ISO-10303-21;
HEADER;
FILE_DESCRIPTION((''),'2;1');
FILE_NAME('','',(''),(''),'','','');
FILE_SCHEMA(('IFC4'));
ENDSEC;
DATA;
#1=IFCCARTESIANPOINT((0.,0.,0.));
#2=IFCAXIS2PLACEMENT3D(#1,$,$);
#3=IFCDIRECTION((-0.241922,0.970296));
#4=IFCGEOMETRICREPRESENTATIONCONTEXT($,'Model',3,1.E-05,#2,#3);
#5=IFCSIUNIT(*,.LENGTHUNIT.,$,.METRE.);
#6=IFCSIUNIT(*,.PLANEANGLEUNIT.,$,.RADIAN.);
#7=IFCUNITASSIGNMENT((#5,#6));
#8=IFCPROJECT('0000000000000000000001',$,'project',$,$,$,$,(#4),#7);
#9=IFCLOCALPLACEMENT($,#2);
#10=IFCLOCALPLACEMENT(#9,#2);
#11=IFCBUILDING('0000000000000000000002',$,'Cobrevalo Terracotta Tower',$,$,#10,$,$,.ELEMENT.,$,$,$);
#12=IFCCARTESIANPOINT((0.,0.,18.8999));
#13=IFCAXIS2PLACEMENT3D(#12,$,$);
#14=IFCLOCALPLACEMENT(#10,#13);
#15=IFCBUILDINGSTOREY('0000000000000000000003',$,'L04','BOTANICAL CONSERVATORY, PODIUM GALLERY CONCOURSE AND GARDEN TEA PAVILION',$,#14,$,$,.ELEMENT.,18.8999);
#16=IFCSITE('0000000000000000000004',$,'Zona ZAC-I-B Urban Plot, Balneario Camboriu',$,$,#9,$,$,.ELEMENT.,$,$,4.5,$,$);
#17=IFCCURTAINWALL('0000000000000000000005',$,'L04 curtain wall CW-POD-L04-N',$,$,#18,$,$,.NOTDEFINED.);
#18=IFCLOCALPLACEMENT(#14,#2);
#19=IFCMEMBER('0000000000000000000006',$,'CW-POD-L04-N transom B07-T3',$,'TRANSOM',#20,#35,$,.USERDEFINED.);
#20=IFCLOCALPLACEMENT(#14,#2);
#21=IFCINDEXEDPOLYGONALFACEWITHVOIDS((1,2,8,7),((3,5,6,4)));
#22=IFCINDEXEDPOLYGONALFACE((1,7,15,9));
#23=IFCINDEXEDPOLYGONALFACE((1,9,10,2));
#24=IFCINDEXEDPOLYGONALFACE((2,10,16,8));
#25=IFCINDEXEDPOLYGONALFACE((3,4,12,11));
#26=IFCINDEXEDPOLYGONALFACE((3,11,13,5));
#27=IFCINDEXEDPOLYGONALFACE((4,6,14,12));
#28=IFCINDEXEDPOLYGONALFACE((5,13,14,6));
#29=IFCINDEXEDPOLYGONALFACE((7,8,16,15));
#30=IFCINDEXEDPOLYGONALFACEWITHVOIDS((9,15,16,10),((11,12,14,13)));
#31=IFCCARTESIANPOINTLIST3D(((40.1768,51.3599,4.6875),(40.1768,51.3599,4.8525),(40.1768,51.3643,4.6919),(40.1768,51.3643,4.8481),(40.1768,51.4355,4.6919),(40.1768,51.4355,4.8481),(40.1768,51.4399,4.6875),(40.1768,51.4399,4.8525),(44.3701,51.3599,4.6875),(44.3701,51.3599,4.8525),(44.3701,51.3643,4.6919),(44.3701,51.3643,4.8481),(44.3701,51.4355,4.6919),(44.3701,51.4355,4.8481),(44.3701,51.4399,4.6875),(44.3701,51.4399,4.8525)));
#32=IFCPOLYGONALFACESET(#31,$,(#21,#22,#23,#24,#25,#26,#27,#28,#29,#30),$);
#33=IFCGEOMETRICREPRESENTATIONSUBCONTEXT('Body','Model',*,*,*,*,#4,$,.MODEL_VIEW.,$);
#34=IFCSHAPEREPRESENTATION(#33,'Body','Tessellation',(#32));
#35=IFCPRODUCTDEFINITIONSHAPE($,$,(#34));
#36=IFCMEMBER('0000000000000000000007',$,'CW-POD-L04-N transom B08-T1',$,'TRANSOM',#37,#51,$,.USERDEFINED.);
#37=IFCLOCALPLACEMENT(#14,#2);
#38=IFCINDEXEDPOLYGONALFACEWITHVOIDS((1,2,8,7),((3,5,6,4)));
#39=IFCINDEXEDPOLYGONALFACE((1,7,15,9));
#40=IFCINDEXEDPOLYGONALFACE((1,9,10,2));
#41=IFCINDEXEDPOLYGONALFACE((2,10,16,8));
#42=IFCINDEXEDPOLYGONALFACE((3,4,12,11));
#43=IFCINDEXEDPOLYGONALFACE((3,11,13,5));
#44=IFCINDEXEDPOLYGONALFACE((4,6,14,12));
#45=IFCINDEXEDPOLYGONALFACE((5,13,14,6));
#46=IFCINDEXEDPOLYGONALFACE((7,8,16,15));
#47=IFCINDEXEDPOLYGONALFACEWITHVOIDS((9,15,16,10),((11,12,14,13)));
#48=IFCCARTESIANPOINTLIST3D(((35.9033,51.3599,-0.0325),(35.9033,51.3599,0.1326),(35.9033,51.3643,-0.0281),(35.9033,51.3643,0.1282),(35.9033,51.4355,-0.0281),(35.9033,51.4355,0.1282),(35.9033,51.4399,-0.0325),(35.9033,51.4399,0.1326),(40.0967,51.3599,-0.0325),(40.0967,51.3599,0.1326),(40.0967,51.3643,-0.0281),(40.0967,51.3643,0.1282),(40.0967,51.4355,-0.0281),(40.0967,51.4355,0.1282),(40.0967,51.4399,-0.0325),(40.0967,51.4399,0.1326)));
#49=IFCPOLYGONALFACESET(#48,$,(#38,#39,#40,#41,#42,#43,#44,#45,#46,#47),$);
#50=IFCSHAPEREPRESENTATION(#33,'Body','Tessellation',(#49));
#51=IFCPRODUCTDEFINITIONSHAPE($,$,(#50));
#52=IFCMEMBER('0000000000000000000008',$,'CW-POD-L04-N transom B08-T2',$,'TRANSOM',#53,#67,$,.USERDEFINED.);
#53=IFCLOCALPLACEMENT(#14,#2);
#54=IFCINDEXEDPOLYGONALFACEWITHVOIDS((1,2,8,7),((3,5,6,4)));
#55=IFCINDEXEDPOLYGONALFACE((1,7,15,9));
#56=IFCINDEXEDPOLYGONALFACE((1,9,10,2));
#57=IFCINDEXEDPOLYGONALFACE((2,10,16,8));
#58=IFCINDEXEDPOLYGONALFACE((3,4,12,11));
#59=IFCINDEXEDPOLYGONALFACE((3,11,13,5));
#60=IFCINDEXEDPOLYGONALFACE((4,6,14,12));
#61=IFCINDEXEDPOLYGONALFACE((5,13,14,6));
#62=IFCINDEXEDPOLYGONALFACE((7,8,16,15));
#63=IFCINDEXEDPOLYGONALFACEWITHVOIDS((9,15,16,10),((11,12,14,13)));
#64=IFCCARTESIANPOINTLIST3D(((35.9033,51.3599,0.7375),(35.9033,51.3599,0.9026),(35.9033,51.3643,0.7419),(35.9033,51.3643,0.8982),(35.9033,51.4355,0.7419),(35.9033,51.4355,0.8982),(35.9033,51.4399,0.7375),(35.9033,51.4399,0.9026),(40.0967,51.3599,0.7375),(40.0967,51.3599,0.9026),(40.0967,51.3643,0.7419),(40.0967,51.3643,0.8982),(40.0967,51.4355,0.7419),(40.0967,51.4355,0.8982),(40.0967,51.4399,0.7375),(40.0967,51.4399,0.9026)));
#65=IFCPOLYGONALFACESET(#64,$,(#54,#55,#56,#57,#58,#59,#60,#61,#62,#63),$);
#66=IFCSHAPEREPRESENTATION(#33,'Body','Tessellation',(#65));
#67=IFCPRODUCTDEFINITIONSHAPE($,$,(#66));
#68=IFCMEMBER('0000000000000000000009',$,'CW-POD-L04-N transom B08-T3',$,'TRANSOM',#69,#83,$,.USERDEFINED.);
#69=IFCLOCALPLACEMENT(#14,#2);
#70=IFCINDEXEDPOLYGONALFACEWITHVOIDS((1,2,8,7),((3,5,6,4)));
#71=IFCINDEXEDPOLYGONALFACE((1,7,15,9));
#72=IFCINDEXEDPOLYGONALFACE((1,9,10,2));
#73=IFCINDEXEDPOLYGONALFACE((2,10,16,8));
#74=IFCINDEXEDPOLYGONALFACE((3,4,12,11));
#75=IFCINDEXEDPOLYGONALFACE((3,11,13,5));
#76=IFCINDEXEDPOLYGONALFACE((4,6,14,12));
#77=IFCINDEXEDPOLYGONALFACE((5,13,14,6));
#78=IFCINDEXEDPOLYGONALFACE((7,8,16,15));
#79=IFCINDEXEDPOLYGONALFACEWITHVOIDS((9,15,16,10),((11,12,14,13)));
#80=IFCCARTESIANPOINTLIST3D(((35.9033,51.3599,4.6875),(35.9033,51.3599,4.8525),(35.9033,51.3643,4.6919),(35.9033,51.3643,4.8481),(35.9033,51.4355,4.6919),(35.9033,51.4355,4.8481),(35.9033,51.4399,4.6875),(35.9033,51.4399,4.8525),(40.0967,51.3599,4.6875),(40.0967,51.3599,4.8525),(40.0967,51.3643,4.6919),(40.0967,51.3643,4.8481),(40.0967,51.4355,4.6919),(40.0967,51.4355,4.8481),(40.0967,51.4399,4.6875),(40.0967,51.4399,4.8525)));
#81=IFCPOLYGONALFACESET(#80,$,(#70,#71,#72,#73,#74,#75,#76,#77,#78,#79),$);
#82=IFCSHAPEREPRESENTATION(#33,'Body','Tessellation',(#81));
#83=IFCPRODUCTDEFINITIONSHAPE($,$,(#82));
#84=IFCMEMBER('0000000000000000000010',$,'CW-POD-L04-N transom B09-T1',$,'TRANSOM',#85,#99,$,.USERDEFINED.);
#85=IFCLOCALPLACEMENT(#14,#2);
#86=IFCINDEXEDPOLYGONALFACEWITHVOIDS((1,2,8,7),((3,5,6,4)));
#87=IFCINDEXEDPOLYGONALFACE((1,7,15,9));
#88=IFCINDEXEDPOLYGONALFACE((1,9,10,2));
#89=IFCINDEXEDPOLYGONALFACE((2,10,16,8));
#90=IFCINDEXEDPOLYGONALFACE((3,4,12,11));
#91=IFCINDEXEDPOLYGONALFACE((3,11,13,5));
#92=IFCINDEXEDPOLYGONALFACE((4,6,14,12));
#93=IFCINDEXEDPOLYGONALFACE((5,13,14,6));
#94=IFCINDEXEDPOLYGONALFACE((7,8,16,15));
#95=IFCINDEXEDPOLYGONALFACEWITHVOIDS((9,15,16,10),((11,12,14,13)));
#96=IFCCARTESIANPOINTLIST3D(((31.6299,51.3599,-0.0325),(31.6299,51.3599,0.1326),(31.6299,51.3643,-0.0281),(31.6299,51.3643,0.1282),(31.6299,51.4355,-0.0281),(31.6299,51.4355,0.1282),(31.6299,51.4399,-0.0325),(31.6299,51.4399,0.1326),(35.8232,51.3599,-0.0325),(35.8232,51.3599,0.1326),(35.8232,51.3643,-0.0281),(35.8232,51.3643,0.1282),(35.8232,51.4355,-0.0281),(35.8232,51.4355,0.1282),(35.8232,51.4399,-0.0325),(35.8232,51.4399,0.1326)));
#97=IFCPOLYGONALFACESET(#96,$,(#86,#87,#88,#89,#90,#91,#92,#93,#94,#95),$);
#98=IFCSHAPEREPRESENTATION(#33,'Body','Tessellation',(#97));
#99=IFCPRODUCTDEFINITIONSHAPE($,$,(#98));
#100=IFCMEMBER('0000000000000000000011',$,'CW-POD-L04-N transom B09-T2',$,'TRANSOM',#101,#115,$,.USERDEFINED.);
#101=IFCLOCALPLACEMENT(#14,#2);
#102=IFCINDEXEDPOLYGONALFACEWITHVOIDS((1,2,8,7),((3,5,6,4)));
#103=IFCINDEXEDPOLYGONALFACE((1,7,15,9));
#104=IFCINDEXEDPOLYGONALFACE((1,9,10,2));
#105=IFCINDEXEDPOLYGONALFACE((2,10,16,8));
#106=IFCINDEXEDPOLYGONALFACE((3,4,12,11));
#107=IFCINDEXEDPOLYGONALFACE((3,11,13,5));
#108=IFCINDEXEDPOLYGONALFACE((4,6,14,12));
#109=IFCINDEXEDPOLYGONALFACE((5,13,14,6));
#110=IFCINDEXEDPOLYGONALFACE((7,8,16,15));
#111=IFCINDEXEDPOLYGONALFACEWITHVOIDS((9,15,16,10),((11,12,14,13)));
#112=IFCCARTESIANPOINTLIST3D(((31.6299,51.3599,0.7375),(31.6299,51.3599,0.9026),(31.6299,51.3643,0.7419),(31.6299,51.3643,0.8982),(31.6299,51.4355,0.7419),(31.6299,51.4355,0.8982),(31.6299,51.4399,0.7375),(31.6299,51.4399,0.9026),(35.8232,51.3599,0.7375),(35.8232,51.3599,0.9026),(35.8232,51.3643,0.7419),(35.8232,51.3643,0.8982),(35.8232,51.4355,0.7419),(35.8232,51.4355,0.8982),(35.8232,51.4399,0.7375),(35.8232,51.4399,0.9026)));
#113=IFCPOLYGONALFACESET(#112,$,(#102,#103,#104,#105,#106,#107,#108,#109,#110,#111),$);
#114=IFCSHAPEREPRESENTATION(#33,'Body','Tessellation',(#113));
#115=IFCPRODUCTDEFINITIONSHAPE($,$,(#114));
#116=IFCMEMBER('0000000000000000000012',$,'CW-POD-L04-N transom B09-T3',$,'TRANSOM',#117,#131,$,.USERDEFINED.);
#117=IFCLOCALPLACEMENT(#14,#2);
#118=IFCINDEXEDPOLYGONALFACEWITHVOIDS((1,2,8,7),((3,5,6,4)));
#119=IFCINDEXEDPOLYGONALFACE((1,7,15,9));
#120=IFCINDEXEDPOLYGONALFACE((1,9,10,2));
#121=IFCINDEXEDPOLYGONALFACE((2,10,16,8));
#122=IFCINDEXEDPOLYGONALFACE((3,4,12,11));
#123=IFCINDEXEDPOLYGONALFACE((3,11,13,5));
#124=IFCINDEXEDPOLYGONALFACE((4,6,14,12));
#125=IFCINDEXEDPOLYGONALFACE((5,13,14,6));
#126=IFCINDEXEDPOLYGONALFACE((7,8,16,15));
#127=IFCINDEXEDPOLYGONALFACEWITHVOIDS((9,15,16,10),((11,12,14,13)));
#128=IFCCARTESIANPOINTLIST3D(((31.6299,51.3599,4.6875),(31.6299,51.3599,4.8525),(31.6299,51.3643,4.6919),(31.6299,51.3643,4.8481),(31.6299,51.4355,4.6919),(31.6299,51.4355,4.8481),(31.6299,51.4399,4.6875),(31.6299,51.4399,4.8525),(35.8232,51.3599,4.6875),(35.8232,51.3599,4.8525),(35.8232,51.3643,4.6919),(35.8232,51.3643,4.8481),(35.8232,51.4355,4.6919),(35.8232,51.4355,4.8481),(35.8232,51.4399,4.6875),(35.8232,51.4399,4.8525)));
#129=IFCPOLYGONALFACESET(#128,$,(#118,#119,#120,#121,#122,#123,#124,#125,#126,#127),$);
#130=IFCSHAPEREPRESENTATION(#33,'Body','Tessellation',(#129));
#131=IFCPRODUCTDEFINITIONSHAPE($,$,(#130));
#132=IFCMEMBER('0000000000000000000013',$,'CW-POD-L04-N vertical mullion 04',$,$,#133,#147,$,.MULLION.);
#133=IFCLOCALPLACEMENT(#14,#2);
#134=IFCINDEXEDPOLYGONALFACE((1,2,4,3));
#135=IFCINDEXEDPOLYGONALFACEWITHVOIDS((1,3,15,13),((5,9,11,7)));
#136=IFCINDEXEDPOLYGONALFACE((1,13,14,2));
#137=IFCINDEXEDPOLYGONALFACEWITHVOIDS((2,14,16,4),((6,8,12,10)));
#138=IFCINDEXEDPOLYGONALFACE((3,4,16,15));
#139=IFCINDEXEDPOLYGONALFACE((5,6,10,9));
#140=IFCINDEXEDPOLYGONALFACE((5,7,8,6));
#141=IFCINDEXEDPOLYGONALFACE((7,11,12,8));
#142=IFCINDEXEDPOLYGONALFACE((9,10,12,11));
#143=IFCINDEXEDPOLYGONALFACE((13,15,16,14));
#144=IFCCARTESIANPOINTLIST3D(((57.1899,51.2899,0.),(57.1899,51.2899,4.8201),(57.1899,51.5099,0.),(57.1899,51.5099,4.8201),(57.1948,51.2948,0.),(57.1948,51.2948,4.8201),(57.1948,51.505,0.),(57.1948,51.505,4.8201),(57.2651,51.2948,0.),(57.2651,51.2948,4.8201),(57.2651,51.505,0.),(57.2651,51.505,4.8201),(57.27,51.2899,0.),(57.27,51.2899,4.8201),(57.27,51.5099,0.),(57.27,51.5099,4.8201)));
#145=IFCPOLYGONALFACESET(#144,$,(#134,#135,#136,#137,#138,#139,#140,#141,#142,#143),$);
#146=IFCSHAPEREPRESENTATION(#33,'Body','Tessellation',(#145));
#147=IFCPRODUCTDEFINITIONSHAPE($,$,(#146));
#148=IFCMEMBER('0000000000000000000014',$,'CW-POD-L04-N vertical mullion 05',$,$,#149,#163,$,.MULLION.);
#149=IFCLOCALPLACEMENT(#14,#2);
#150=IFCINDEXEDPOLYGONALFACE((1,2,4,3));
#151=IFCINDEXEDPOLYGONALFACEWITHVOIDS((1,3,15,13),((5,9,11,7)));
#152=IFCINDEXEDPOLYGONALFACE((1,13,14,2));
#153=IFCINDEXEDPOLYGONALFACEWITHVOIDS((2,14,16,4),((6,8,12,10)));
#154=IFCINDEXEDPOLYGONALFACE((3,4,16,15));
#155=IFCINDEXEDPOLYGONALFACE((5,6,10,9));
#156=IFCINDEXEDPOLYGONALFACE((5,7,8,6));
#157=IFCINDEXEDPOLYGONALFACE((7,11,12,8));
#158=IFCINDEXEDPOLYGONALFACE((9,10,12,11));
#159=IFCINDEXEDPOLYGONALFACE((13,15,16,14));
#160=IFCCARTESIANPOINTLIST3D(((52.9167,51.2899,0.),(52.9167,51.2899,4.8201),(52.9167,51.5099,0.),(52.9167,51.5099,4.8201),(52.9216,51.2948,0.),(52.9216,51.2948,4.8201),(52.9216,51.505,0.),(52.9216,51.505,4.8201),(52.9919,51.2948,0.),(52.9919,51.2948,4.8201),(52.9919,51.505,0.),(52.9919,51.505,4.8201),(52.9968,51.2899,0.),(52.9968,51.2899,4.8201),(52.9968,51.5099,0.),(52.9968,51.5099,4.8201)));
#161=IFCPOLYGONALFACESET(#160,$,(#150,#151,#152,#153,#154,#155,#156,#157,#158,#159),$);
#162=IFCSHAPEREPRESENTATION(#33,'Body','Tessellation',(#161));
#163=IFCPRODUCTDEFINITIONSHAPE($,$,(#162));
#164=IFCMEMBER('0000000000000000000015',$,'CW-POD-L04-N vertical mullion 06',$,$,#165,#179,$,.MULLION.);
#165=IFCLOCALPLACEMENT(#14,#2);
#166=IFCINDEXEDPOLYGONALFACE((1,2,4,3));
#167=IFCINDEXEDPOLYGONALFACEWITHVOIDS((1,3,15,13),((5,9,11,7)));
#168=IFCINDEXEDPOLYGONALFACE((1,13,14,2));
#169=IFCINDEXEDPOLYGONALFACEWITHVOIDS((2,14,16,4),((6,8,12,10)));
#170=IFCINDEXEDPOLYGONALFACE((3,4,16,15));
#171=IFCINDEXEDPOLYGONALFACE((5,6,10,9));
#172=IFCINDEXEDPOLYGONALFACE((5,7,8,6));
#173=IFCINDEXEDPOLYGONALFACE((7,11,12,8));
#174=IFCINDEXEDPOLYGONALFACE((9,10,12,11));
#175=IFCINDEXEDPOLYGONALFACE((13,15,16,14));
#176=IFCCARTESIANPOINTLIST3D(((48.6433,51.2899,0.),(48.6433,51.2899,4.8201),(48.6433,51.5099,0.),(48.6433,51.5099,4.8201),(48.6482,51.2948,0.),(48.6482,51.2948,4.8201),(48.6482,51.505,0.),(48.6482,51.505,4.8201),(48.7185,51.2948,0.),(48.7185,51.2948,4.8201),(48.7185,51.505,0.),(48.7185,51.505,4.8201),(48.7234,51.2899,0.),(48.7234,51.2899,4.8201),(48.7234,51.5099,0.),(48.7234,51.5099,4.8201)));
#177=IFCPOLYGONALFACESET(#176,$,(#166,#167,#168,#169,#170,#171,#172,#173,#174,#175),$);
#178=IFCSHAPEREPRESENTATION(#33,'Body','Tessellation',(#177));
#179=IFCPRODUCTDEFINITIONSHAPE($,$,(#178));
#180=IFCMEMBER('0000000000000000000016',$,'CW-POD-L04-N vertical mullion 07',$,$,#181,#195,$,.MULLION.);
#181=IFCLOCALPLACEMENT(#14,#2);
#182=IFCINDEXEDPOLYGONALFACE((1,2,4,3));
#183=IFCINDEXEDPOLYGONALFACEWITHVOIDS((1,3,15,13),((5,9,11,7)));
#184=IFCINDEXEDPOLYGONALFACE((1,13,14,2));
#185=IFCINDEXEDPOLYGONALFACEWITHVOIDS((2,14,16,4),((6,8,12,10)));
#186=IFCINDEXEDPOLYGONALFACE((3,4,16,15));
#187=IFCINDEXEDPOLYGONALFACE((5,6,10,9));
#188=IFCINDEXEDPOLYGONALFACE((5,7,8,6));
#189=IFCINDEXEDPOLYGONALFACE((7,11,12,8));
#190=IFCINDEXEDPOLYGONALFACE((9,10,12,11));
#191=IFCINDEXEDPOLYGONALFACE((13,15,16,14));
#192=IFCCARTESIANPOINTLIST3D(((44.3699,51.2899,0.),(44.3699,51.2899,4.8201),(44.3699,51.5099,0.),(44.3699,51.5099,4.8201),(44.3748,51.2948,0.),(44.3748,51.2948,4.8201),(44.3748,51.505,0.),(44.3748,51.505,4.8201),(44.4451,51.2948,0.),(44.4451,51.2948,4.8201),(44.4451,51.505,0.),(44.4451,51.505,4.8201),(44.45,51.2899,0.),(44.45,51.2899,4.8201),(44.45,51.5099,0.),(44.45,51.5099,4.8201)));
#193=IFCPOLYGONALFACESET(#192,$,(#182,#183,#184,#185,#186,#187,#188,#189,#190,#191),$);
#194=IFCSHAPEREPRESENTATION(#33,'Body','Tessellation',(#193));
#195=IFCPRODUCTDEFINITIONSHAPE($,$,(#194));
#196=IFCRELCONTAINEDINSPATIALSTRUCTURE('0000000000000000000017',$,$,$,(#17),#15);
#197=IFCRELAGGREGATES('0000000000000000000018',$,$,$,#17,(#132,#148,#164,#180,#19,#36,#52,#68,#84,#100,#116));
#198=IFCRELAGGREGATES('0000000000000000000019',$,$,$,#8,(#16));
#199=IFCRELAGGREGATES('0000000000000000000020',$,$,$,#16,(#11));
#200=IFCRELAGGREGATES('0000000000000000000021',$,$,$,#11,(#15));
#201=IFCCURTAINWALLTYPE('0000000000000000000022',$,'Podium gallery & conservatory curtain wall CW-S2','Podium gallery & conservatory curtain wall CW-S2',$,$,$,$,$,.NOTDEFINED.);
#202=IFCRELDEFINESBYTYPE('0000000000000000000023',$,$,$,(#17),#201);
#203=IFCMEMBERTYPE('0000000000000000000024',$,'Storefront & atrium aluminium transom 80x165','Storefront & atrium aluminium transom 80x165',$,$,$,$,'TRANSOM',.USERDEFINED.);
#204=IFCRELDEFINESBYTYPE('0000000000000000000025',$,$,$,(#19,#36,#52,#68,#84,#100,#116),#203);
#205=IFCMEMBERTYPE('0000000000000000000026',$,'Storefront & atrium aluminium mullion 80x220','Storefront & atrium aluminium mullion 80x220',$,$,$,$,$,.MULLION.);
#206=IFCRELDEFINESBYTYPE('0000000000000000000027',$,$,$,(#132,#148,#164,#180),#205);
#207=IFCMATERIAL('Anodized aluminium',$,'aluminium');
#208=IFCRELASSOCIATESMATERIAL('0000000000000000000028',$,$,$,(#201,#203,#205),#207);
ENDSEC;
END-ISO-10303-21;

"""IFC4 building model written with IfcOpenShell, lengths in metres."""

from ifc_helpers import new_model, si_unit, direction, frame, origin, origin_2d, place, context, subcontext, project, spatial, hollow_rectangle, extrude, source, transform, mapped, material, material_profile, profile_set, type_object, element, aggregate, save


model = new_model("IFC4")

# Units and contexts
model_context = context("Model", 3, precision=1e-05, world=origin(), true_north=direction((-0.241922, 0.970296)))
body_context = subcontext(model_context, "Body", "Model", "MODEL_VIEW")
ifc_project = project(units=[si_unit("LENGTHUNIT", "METRE"), si_unit("PLANEANGLEUNIT", "RADIAN")], contexts=[model_context])

# Site, building, storey
site_placement = place(None, origin())
site = spatial("IfcSite", under=ifc_project, at=site_placement, Name="Zona ZAC-I-B Urban Plot, Balneario Camboriu", CompositionType="ELEMENT", RefElevation=4.5)
building_placement = place(site_placement, origin())
building = spatial("IfcBuilding", under=site, at=building_placement, Name="Cobrevalo Terracotta Tower", CompositionType="ELEMENT")
storey_placement = place(building_placement, frame((0.0, 0.0, 18.8999)))
storey = spatial("IfcBuildingStorey", under=building, at=storey_placement, Name="L04", Description="BOTANICAL CONSERVATORY, PODIUM GALLERY CONCOURSE AND GARDEN TEA PAVILION", CompositionType="ELEMENT", Elevation=18.8999)

# Curtain wall, members
ifc_material_1 = material(Name="Anodized aluminium", Category="aluminium")
curtain_wall_type = type_object("IfcCurtainWallType", Name="Podium gallery & conservatory curtain wall CW-S2", Description="Podium gallery & conservatory curtain wall CW-S2", PredefinedType="NOTDEFINED", material=ifc_material_1)
curtain_wall_placement = place(storey_placement, origin())
curtain_wall = element("IfcCurtainWall", 1, at=curtain_wall_placement, inside=storey, type_object=curtain_wall_type, Name="L04 curtain wall CW-POD-L04-N", PredefinedType="NOTDEFINED")
ifc_material_profile_1 = material_profile(ifc_material_1, hollow_rectangle(XDim=0.0801, YDim=0.165, WallThickness=0.0044, at=origin_2d()), Name="CWT 80x165")
ifc_profile_set_1 = profile_set([ifc_material_profile_1], Name="Anodized aluminium")
member_type_1 = type_object("IfcMemberType", Name="Storefront & atrium aluminium transom 80x165", Description="Storefront & atrium aluminium transom 80x165", ElementType="TRANSOM", PredefinedType="USERDEFINED", material=ifc_profile_set_1)
shared_shape_1 = source(origin(), body_context, "Body", "SweptSolid", [
    extrude(hollow_rectangle(XDim=0.0801, YDim=0.165, WallThickness=0.0044, at=origin_2d()), origin(), (0.0, 0.0, 1.0), 4.1934),
])
member_1_placement = place(storey_placement, frame((44.3701, 51.3999, 4.77), z_axis=(-1.0, 0.0, 0.0), x_axis=(0.0, -1.0, 0.0)))
member_1 = element("IfcMember", 2, at=member_1_placement, type_object=member_type_1, Name="CW-POD-L04-N transom B07-T3", ObjectType="TRANSOM", PredefinedType="USERDEFINED", context=body_context, shape_type="MappedRepresentation", body=[
    mapped(shared_shape_1, transform((0.0, 0.0, 0.0), scale=1.0)),
])
member_2_placement = place(storey_placement, frame((40.0967, 51.3999, 0.05), z_axis=(-1.0, 0.0, 0.0), x_axis=(0.0, -1.0, 0.0)))
member_2 = element("IfcMember", 3, at=member_2_placement, type_object=member_type_1, Name="CW-POD-L04-N transom B08-T1", ObjectType="TRANSOM", PredefinedType="USERDEFINED", context=body_context, shape_type="MappedRepresentation", body=[
    mapped(shared_shape_1, transform((0.0, 0.0, 0.0), scale=1.0)),
])
member_3_placement = place(storey_placement, frame((40.0967, 51.3999, 0.8201), z_axis=(-1.0, 0.0, 0.0), x_axis=(0.0, -1.0, 0.0)))
member_3 = element("IfcMember", 4, at=member_3_placement, type_object=member_type_1, Name="CW-POD-L04-N transom B08-T2", ObjectType="TRANSOM", PredefinedType="USERDEFINED", context=body_context, shape_type="MappedRepresentation", body=[
    mapped(shared_shape_1, transform((0.0, 0.0, 0.0), scale=1.0)),
])
member_4_placement = place(storey_placement, frame((40.0967, 51.3999, 4.77), z_axis=(-1.0, 0.0, 0.0), x_axis=(0.0, -1.0, 0.0)))
member_4 = element("IfcMember", 5, at=member_4_placement, type_object=member_type_1, Name="CW-POD-L04-N transom B08-T3", ObjectType="TRANSOM", PredefinedType="USERDEFINED", context=body_context, shape_type="MappedRepresentation", body=[
    mapped(shared_shape_1, transform((0.0, 0.0, 0.0), scale=1.0)),
])
member_5_placement = place(storey_placement, frame((35.8232, 51.3999, 0.05), z_axis=(-1.0, 0.0, 0.0), x_axis=(0.0, -1.0, 0.0)))
member_5 = element("IfcMember", 6, at=member_5_placement, type_object=member_type_1, Name="CW-POD-L04-N transom B09-T1", ObjectType="TRANSOM", PredefinedType="USERDEFINED", context=body_context, shape_type="MappedRepresentation", body=[
    mapped(shared_shape_1, transform((0.0, 0.0, 0.0), scale=1.0)),
])
member_6_placement = place(storey_placement, frame((35.8232, 51.3999, 0.8201), z_axis=(-1.0, 0.0, 0.0), x_axis=(0.0, -1.0, 0.0)))
member_6 = element("IfcMember", 7, at=member_6_placement, type_object=member_type_1, Name="CW-POD-L04-N transom B09-T2", ObjectType="TRANSOM", PredefinedType="USERDEFINED", context=body_context, shape_type="MappedRepresentation", body=[
    mapped(shared_shape_1, transform((0.0, 0.0, 0.0), scale=1.0)),
])
member_7_placement = place(storey_placement, frame((35.8232, 51.3999, 4.77), z_axis=(-1.0, 0.0, 0.0), x_axis=(0.0, -1.0, 0.0)))
member_7 = element("IfcMember", 8, at=member_7_placement, type_object=member_type_1, Name="CW-POD-L04-N transom B09-T3", ObjectType="TRANSOM", PredefinedType="USERDEFINED", context=body_context, shape_type="MappedRepresentation", body=[
    mapped(shared_shape_1, transform((0.0, 0.0, 0.0), scale=1.0)),
])
ifc_material_profile_2 = material_profile(ifc_material_1, hollow_rectangle(XDim=0.0801, YDim=0.22, WallThickness=0.0049, at=origin_2d()), Name="CWM 80x220")
ifc_profile_set_2 = profile_set([ifc_material_profile_2], Name="Anodized aluminium")
member_type_2 = type_object("IfcMemberType", Name="Storefront & atrium aluminium mullion 80x220", Description="Storefront & atrium aluminium mullion 80x220", PredefinedType="MULLION", material=ifc_profile_set_2)
shared_shape_2 = source(origin(), body_context, "Body", "SweptSolid", [
    extrude(hollow_rectangle(XDim=0.0801, YDim=0.22, WallThickness=0.0049, at=origin_2d()), origin(), (0.0, 0.0, 1.0), 4.8201),
])
member_8_placement = place(storey_placement, frame((57.23, 51.3999, 0.0), z_axis=(0.0, 0.0, 1.0), x_axis=(-1.0, 0.0, 0.0)))
member_8 = element("IfcMember", 9, at=member_8_placement, type_object=member_type_2, Name="CW-POD-L04-N vertical mullion 04", PredefinedType="MULLION", context=body_context, shape_type="MappedRepresentation", body=[
    mapped(shared_shape_2, transform((0.0, 0.0, 0.0), scale=1.0)),
])
member_9_placement = place(storey_placement, frame((52.9568, 51.3999, 0.0), z_axis=(0.0, 0.0, 1.0), x_axis=(-1.0, 0.0, 0.0)))
member_9 = element("IfcMember", 10, at=member_9_placement, type_object=member_type_2, Name="CW-POD-L04-N vertical mullion 05", PredefinedType="MULLION", context=body_context, shape_type="MappedRepresentation", body=[
    mapped(shared_shape_2, transform((0.0, 0.0, 0.0), scale=1.0)),
])
member_10_placement = place(storey_placement, frame((48.6833, 51.3999, 0.0), z_axis=(0.0, 0.0, 1.0), x_axis=(-1.0, 0.0, 0.0)))
member_10 = element("IfcMember", 11, at=member_10_placement, type_object=member_type_2, Name="CW-POD-L04-N vertical mullion 06", PredefinedType="MULLION", context=body_context, shape_type="MappedRepresentation", body=[
    mapped(shared_shape_2, transform((0.0, 0.0, 0.0), scale=1.0)),
])
member_11_placement = place(storey_placement, frame((44.4099, 51.3999, 0.0), z_axis=(0.0, 0.0, 1.0), x_axis=(-1.0, 0.0, 0.0)))
member_11 = element("IfcMember", 12, at=member_11_placement, type_object=member_type_2, Name="CW-POD-L04-N vertical mullion 07", PredefinedType="MULLION", context=body_context, shape_type="MappedRepresentation", body=[
    mapped(shared_shape_2, transform((0.0, 0.0, 0.0), scale=1.0)),
])
aggregate(curtain_wall, [member_8, member_9, member_10, member_11, member_1, member_2, member_3, member_4, member_5, member_6, member_7])

save(model, "model.ifc")
